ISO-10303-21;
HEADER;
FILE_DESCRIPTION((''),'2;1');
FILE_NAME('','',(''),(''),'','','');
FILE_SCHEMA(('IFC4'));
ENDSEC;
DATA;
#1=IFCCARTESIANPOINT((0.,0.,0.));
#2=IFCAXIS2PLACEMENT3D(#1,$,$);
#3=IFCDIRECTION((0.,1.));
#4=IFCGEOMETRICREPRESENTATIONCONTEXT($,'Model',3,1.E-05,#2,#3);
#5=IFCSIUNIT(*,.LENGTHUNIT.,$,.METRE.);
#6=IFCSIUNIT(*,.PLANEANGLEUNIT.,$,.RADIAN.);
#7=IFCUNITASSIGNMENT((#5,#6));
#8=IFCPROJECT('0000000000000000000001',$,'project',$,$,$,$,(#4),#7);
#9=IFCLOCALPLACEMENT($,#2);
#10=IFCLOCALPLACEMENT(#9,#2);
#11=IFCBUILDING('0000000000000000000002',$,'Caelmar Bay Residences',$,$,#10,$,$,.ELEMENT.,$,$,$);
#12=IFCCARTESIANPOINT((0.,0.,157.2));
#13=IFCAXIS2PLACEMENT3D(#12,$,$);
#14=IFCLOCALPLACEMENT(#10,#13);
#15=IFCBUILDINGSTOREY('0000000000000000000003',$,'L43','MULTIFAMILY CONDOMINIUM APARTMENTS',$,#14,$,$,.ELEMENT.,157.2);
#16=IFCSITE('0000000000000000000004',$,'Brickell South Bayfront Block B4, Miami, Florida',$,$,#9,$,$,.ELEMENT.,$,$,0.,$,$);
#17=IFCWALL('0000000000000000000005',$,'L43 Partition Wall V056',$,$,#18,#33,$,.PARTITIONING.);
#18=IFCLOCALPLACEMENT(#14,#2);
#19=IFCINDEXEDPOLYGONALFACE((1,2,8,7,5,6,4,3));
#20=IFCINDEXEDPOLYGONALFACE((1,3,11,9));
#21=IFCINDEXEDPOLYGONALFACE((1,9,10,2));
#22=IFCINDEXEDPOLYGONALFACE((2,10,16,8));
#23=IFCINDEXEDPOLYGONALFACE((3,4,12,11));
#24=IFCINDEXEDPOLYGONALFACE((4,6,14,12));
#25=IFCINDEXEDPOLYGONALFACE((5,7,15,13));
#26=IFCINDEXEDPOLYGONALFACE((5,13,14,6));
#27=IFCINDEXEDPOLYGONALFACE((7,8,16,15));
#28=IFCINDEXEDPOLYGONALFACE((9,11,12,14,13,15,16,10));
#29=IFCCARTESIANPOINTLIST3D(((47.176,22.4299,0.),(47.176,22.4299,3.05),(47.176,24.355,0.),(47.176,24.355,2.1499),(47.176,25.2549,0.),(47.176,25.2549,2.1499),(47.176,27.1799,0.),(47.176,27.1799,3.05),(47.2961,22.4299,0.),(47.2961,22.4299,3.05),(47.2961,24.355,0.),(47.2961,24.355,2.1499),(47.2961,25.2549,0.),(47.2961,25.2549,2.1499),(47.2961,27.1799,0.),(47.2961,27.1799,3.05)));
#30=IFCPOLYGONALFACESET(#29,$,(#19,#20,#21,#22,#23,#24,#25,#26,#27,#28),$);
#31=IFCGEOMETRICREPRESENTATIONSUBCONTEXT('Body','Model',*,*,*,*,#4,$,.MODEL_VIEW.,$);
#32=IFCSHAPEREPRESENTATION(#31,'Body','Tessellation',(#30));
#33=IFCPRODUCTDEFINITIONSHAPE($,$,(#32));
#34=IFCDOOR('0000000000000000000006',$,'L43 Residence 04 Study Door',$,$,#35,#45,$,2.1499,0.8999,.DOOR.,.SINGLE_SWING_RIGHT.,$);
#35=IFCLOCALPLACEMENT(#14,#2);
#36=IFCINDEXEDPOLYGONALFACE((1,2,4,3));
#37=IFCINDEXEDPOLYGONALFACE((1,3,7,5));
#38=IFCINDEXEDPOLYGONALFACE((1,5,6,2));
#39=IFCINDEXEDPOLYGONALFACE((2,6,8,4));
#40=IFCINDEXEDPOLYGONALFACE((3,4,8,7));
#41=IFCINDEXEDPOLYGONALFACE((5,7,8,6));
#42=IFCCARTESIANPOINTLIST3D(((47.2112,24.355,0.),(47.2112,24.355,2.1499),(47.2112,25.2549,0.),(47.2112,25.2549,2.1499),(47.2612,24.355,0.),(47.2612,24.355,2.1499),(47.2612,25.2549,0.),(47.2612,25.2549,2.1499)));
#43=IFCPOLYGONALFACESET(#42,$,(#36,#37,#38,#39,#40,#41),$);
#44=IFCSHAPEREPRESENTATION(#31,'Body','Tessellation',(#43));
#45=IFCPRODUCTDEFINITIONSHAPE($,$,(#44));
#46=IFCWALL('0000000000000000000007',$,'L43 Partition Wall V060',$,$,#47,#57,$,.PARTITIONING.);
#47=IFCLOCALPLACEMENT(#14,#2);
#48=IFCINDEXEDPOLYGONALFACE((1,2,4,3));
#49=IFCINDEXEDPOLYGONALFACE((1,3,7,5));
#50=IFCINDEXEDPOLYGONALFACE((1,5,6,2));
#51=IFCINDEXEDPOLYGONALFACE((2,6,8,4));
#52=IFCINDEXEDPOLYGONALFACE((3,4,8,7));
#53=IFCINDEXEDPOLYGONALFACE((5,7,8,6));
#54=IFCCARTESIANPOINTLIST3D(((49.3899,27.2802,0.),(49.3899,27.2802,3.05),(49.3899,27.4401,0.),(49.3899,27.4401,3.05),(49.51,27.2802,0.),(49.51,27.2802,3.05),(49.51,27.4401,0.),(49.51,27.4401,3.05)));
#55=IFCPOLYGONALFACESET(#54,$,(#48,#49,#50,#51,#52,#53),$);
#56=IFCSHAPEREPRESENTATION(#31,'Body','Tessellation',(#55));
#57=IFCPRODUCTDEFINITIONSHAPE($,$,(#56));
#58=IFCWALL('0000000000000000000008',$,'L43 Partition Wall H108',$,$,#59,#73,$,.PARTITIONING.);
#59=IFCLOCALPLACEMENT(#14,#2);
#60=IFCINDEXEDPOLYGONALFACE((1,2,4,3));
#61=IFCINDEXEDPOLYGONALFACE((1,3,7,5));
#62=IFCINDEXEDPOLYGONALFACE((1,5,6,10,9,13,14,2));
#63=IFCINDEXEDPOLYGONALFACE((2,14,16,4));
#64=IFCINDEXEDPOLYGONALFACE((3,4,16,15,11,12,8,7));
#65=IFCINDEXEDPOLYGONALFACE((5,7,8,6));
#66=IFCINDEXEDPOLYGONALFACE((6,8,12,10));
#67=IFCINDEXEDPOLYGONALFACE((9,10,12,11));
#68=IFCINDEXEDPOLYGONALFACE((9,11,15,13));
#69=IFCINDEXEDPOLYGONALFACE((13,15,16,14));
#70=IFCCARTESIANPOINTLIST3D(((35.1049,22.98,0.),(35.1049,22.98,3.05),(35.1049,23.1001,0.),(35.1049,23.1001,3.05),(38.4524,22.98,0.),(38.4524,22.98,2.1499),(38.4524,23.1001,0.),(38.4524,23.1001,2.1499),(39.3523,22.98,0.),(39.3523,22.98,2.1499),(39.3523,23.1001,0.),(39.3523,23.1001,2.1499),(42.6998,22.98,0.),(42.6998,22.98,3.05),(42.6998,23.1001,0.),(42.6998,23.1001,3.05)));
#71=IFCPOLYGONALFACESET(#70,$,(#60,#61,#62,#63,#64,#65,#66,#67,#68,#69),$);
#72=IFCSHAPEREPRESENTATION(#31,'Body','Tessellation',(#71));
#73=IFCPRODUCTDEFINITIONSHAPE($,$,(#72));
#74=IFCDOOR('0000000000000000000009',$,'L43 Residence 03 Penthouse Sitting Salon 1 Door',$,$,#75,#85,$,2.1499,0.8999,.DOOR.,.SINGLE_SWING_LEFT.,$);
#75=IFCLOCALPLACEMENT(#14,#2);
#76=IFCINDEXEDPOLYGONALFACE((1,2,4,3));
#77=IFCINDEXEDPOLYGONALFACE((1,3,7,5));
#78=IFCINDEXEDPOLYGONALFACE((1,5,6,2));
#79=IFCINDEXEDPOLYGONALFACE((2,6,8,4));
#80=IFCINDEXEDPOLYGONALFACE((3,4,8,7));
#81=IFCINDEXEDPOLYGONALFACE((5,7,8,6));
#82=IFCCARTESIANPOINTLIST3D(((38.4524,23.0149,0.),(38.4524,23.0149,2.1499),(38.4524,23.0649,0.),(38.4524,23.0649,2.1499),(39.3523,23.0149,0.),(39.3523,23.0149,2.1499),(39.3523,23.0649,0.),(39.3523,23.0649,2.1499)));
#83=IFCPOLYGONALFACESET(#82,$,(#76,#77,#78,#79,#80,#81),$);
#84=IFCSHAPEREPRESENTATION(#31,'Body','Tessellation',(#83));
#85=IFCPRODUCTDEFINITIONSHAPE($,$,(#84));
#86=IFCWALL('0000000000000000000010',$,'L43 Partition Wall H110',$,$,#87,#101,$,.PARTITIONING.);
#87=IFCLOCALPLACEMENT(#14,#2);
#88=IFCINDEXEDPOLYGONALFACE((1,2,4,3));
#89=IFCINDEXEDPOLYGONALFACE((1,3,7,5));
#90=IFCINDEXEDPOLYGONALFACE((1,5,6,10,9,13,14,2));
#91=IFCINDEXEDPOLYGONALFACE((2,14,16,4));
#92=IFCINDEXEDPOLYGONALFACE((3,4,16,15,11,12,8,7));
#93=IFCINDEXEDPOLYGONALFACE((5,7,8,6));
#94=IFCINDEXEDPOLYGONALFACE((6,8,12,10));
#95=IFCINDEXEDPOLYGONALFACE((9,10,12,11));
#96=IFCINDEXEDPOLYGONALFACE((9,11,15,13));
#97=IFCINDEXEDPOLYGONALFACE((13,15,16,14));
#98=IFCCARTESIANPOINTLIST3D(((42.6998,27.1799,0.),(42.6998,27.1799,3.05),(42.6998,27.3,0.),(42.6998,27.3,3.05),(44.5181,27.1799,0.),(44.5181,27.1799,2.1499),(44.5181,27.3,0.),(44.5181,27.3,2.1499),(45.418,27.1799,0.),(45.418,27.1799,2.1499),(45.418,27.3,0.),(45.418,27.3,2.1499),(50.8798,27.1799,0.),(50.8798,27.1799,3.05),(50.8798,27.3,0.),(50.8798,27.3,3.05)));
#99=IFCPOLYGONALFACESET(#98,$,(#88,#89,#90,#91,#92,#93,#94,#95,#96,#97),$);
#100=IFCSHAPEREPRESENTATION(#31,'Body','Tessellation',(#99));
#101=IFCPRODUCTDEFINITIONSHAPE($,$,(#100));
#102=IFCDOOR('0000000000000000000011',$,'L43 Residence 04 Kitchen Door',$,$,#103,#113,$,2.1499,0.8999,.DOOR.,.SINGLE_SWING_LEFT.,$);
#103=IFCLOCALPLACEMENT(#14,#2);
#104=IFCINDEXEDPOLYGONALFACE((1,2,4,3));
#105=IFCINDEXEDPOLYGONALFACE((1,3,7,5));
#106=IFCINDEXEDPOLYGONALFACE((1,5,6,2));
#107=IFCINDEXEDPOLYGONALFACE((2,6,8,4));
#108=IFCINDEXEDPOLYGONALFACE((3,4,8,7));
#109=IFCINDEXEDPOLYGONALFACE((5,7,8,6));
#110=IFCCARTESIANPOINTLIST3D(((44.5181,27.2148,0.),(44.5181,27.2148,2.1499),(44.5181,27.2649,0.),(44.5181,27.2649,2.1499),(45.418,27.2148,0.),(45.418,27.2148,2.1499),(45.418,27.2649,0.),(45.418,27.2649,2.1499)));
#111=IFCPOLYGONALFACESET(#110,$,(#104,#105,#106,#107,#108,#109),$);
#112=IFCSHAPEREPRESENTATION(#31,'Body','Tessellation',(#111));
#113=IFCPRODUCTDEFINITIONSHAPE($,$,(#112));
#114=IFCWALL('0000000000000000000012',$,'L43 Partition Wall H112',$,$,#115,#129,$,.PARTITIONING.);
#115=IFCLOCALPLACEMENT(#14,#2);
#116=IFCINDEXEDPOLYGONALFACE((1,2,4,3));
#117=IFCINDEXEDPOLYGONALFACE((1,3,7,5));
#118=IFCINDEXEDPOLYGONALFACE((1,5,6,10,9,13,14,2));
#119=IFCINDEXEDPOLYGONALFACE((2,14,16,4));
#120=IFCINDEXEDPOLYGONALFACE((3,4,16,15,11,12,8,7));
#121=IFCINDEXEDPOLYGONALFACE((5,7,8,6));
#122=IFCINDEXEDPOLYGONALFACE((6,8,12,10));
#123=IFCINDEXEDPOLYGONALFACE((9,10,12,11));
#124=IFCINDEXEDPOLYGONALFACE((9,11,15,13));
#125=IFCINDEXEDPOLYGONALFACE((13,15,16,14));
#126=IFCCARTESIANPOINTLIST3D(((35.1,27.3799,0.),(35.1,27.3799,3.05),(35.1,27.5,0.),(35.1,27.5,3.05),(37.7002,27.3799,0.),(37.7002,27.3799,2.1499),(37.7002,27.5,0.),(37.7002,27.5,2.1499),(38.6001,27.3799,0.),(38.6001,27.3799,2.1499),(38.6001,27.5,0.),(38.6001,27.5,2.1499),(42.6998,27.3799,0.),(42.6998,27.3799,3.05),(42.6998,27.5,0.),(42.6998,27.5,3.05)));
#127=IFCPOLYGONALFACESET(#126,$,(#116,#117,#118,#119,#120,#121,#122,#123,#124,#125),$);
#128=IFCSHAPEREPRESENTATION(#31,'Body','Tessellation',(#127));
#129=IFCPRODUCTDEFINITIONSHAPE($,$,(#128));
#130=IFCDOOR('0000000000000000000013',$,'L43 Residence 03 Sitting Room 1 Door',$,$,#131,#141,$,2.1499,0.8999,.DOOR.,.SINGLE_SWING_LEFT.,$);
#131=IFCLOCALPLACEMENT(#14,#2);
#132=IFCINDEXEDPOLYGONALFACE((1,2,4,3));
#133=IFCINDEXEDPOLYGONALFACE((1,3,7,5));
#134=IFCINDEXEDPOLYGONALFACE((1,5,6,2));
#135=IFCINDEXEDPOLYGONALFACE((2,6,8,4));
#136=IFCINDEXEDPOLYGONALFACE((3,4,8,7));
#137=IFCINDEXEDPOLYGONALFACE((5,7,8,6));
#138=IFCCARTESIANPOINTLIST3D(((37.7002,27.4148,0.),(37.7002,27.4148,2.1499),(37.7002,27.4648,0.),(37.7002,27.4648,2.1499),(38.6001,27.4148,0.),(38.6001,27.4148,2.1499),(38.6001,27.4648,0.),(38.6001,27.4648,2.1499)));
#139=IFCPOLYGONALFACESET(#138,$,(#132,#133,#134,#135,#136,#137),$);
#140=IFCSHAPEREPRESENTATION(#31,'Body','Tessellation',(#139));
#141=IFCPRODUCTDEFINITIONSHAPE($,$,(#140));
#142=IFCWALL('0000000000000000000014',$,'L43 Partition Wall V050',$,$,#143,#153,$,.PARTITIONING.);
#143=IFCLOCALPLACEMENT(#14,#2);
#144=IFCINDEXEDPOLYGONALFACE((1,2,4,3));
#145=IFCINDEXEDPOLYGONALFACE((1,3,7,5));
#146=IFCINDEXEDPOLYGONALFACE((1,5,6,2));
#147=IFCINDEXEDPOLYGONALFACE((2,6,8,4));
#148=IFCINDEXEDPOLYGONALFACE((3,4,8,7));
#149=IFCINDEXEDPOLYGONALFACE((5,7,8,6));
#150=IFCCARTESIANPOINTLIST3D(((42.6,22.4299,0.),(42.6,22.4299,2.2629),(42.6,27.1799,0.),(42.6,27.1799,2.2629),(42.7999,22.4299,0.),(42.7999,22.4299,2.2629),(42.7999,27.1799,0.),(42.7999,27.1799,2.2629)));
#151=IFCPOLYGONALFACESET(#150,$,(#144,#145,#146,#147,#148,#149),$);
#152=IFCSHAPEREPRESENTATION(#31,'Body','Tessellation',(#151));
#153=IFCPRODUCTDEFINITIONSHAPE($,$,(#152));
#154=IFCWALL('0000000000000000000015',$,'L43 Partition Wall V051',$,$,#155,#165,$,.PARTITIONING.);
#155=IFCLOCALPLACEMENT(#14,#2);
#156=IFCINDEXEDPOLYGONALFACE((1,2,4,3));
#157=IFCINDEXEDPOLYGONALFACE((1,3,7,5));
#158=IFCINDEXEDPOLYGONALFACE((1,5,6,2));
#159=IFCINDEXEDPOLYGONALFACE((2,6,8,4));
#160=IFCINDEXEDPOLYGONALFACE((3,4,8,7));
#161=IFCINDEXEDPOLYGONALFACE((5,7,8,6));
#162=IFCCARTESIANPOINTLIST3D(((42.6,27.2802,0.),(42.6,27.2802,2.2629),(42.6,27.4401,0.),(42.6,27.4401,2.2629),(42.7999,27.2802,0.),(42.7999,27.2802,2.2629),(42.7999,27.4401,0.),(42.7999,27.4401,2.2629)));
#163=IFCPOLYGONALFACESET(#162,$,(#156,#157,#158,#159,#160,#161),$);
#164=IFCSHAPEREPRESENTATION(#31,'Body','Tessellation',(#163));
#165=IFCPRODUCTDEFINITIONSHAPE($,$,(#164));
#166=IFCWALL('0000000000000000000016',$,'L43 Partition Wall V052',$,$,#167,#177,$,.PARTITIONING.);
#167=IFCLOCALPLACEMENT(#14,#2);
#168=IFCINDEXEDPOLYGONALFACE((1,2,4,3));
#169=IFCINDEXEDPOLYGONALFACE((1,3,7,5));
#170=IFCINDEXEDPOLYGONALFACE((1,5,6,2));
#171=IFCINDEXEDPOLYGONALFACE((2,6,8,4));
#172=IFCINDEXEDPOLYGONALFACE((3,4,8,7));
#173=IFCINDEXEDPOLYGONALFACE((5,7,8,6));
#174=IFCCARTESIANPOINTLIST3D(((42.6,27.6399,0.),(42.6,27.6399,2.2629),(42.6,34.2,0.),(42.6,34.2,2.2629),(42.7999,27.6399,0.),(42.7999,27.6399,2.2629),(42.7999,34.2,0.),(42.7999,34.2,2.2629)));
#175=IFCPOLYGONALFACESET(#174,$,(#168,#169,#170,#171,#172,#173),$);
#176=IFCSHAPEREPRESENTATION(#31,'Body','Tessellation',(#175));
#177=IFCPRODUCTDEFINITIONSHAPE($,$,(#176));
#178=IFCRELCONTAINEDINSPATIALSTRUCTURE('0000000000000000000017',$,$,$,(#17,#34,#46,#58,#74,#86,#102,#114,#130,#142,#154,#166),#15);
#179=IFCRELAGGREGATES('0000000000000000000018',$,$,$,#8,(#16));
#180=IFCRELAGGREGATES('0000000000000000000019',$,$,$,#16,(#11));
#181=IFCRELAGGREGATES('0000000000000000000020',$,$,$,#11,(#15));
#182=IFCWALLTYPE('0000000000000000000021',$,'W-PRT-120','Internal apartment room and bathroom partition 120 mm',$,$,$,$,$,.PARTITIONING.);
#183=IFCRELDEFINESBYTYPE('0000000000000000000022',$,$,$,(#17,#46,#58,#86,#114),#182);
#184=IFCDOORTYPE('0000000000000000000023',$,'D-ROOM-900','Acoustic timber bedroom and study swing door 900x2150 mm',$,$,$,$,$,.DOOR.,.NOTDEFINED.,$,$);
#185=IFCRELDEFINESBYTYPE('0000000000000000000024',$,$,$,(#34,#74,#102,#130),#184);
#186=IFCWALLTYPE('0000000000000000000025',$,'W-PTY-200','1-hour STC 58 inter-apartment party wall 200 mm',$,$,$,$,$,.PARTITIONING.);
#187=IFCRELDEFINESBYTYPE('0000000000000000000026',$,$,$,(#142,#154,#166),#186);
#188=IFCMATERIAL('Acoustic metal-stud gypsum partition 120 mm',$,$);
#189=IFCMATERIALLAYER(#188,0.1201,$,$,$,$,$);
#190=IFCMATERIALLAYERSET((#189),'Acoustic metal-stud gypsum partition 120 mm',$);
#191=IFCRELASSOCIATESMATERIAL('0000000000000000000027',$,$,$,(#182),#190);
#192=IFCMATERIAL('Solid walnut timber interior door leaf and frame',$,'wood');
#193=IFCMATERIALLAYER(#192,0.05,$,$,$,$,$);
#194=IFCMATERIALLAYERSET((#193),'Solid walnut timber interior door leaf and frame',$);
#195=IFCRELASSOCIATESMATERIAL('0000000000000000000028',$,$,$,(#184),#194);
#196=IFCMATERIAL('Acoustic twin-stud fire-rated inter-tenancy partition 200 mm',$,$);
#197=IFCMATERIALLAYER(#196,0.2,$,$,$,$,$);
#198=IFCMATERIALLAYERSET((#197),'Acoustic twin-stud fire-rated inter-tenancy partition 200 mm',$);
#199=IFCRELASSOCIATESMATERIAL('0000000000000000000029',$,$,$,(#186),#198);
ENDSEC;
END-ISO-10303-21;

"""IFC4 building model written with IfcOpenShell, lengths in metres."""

from ifc_helpers import new_model, si_unit, direction, frame, frame_2d, origin, place, context, subcontext, project, spatial, rectangle, extrude, material, layer, layer_set, type_object, element, fill, save


model = new_model("IFC4")

# Units and contexts
model_context = context("Model", 3, precision=1e-05, world=origin(), true_north=direction((0.0, 1.0)))
body_context = subcontext(model_context, "Body", "Model", "MODEL_VIEW")
ifc_project = project(units=[si_unit("LENGTHUNIT", "METRE"), si_unit("PLANEANGLEUNIT", "RADIAN")], contexts=[model_context])

# Site, building, storey
site_placement = place(None, origin())
site = spatial("IfcSite", under=ifc_project, at=site_placement, Name="Brickell South Bayfront Block B4, Miami, Florida", CompositionType="ELEMENT", RefElevation=0.0)
building_placement = place(site_placement, origin())
building = spatial("IfcBuilding", under=site, at=building_placement, Name="Caelmar Bay Residences", CompositionType="ELEMENT")
storey_placement = place(building_placement, frame((0.0, 0.0, 157.2)))
storey = spatial("IfcBuildingStorey", under=building, at=storey_placement, Name="L43", Description="MULTIFAMILY CONDOMINIUM APARTMENTS", CompositionType="ELEMENT", Elevation=157.2)

# Shared definitions
ifc_material_1 = material(Name="Acoustic metal-stud gypsum partition 120 mm")
ifc_layer_1 = layer(ifc_material_1, 0.1201)
ifc_layer_set_1 = layer_set([ifc_layer_1], Name="Acoustic metal-stud gypsum partition 120 mm")
wall_type_1 = type_object("IfcWallType", Name="W-PRT-120", Description="Internal apartment room and bathroom partition 120 mm", PredefinedType="PARTITIONING", material=ifc_layer_set_1)

# Wall, opening, door
ifc_material_2 = material(Name="Solid walnut timber interior door leaf and frame", Category="wood")
wall_1_placement = place(storey_placement, frame((47.2361, 22.4299, 0.0), z_axis=(0.0, 0.0, 1.0), x_axis=(0.0, 1.0, 0.0)))
wall_1 = element("IfcWall", 1, at=wall_1_placement, inside=storey, type_object=wall_type_1, Name="L43 Partition Wall V056", PredefinedType="PARTITIONING", context=body_context, shape_type="SweptSolid", body=[
    extrude(rectangle(XDim=4.75, YDim=0.1201, at=frame_2d((2.375, 0.0))), origin(), (0.0, 0.0, 1.0), 3.05),
])
opening_1_placement = place(wall_1_placement, frame((1.925, 0.0, 0.0)))
opening_1 = element("IfcOpeningElement", 2, at=opening_1_placement, cuts=wall_1, PredefinedType="OPENING", context=body_context, shape_type="SweptSolid", body=[
    extrude(rectangle(XDim=0.8999, YDim=2.1499, at=frame_2d((0.45, 1.075))), frame((0.0, 0.0701, 0.0), z_axis=(0.0, -1.0, 0.0), x_axis=(1.0, 0.0, 0.0)), (0.0, 0.0, 1.0), 0.1401),
])
ifc_layer_2 = layer(ifc_material_2, 0.05)
ifc_layer_set_2 = layer_set([ifc_layer_2], Name="Solid walnut timber interior door leaf and frame")
door_type_1 = type_object("IfcDoorType", Name="D-ROOM-900", Description="Acoustic timber bedroom and study swing door 900x2150 mm", OperationType="NOTDEFINED", PredefinedType="DOOR", material=ifc_layer_set_2)
door_1_placement = place(opening_1_placement, origin())
door_1 = element("IfcDoor", 3, at=door_1_placement, inside=storey, type_object=door_type_1, Name="L43 Residence 04 Study Door", OperationType="SINGLE_SWING_RIGHT", OverallHeight=2.1499, OverallWidth=0.8999, PredefinedType="DOOR", context=body_context, shape_type="SweptSolid", body=[
    extrude(rectangle(XDim=0.8999, YDim=2.1499, at=frame_2d((0.45, 1.075))), frame((0.0, 0.0249, 0.0), z_axis=(0.0, -1.0, 0.0), x_axis=(1.0, 0.0, 0.0)), (0.0, 0.0, 1.0), 0.05),
])
fill(opening_1, door_1)

# Wall
wall_2_placement = place(storey_placement, frame((49.45, 27.28, 0.0), z_axis=(0.0, 0.0, 1.0), x_axis=(0.0, 1.0, 0.0)))
element("IfcWall", 4, at=wall_2_placement, inside=storey, type_object=wall_type_1, Name="L43 Partition Wall V060", PredefinedType="PARTITIONING", context=body_context, shape_type="SweptSolid", body=[
    extrude(rectangle(XDim=0.1599, YDim=0.1201, at=frame_2d((0.0801, 0.0))), origin(), (0.0, 0.0, 1.0), 3.05),
])

# Walls, openings, doors
wall_3_placement = place(storey_placement, frame((35.105, 23.04, 0.0), z_axis=(0.0, 0.0, 1.0), x_axis=(1.0, 0.0, 0.0)))
wall_3 = element("IfcWall", 5, at=wall_3_placement, inside=storey, type_object=wall_type_1, Name="L43 Partition Wall H108", PredefinedType="PARTITIONING", context=body_context, shape_type="SweptSolid", body=[
    extrude(rectangle(XDim=7.595, YDim=0.1201, at=frame_2d((3.7974, 0.0))), origin(), (0.0, 0.0, 1.0), 3.05),
])
opening_2_placement = place(wall_3_placement, frame((3.3474, 0.0, 0.0)))
opening_2 = element("IfcOpeningElement", 6, at=opening_2_placement, cuts=wall_3, PredefinedType="OPENING", context=body_context, shape_type="SweptSolid", body=[
    extrude(rectangle(XDim=0.8999, YDim=2.1499, at=frame_2d((0.45, 1.075))), frame((0.0, 0.0701, 0.0), z_axis=(0.0, -1.0, 0.0), x_axis=(1.0, 0.0, 0.0)), (0.0, 0.0, 1.0), 0.1401),
])
door_2_placement = place(opening_2_placement, origin())
door_2 = element("IfcDoor", 7, at=door_2_placement, inside=storey, type_object=door_type_1, Name="L43 Residence 03 Penthouse Sitting Salon 1 Door", OperationType="SINGLE_SWING_LEFT", OverallHeight=2.1499, OverallWidth=0.8999, PredefinedType="DOOR", context=body_context, shape_type="SweptSolid", body=[
    extrude(rectangle(XDim=0.8999, YDim=2.1499, at=frame_2d((0.45, 1.075))), frame((0.0, 0.0249, 0.0), z_axis=(0.0, -1.0, 0.0), x_axis=(1.0, 0.0, 0.0)), (0.0, 0.0, 1.0), 0.05),
])
fill(opening_2, door_2)
wall_4_placement = place(storey_placement, frame((42.7, 27.24, 0.0), z_axis=(0.0, 0.0, 1.0), x_axis=(1.0, 0.0, 0.0)))
wall_4 = element("IfcWall", 8, at=wall_4_placement, inside=storey, type_object=wall_type_1, Name="L43 Partition Wall H110", PredefinedType="PARTITIONING", context=body_context, shape_type="SweptSolid", body=[
    extrude(rectangle(XDim=8.1799, YDim=0.1201, at=frame_2d((4.0898, 0.0))), origin(), (0.0, 0.0, 1.0), 3.05),
])
opening_3_placement = place(wall_4_placement, frame((1.8181, 0.0, 0.0)))
opening_3 = element("IfcOpeningElement", 9, at=opening_3_placement, cuts=wall_4, PredefinedType="OPENING", context=body_context, shape_type="SweptSolid", body=[
    extrude(rectangle(XDim=0.8999, YDim=2.1499, at=frame_2d((0.45, 1.075))), frame((0.0, 0.0701, 0.0), z_axis=(0.0, -1.0, 0.0), x_axis=(1.0, 0.0, 0.0)), (0.0, 0.0, 1.0), 0.1401),
])
door_3_placement = place(opening_3_placement, origin())
door_3 = element("IfcDoor", 10, at=door_3_placement, inside=storey, type_object=door_type_1, Name="L43 Residence 04 Kitchen Door", OperationType="SINGLE_SWING_LEFT", OverallHeight=2.1499, OverallWidth=0.8999, PredefinedType="DOOR", context=body_context, shape_type="SweptSolid", body=[
    extrude(rectangle(XDim=0.8999, YDim=2.1499, at=frame_2d((0.45, 1.075))), frame((0.0, 0.0249, 0.0), z_axis=(0.0, -1.0, 0.0), x_axis=(1.0, 0.0, 0.0)), (0.0, 0.0, 1.0), 0.05),
])
fill(opening_3, door_3)
wall_5_placement = place(storey_placement, frame((35.1001, 27.4399, 0.0), z_axis=(0.0, 0.0, 1.0), x_axis=(1.0, 0.0, 0.0)))
wall_5 = element("IfcWall", 11, at=wall_5_placement, inside=storey, type_object=wall_type_1, Name="L43 Partition Wall H112", PredefinedType="PARTITIONING", context=body_context, shape_type="SweptSolid", body=[
    extrude(rectangle(XDim=7.5999, YDim=0.1201, at=frame_2d((3.7998, 0.0))), origin(), (0.0, 0.0, 1.0), 3.05),
])
opening_4_placement = place(wall_5_placement, frame((2.6001, 0.0, 0.0)))
opening_4 = element("IfcOpeningElement", 12, at=opening_4_placement, cuts=wall_5, PredefinedType="OPENING", context=body_context, shape_type="SweptSolid", body=[
    extrude(rectangle(XDim=0.8999, YDim=2.1499, at=frame_2d((0.45, 1.075))), frame((0.0, 0.0701, 0.0), z_axis=(0.0, -1.0, 0.0), x_axis=(1.0, 0.0, 0.0)), (0.0, 0.0, 1.0), 0.1401),
])
door_4_placement = place(opening_4_placement, origin())
door_4 = element("IfcDoor", 13, at=door_4_placement, inside=storey, type_object=door_type_1, Name="L43 Residence 03 Sitting Room 1 Door", OperationType="SINGLE_SWING_LEFT", OverallHeight=2.1499, OverallWidth=0.8999, PredefinedType="DOOR", context=body_context, shape_type="SweptSolid", body=[
    extrude(rectangle(XDim=0.8999, YDim=2.1499, at=frame_2d((0.45, 1.075))), frame((0.0, 0.0249, 0.0), z_axis=(0.0, -1.0, 0.0), x_axis=(1.0, 0.0, 0.0)), (0.0, 0.0, 1.0), 0.05),
])
fill(opening_4, door_4)

# Walls
ifc_material_3 = material(Name="Acoustic twin-stud fire-rated inter-tenancy partition 200 mm")
ifc_layer_3 = layer(ifc_material_3, 0.2)
ifc_layer_set_3 = layer_set([ifc_layer_3], Name="Acoustic twin-stud fire-rated inter-tenancy partition 200 mm")
wall_type_2 = type_object("IfcWallType", Name="W-PTY-200", Description="1-hour STC 58 inter-apartment party wall 200 mm", PredefinedType="PARTITIONING", material=ifc_layer_set_3)
wall_6_placement = place(storey_placement, frame((42.7, 22.4299, 0.0), z_axis=(0.0, 0.0, 1.0), x_axis=(0.0, 1.0, 0.0)))
element("IfcWall", 14, at=wall_6_placement, inside=storey, type_object=wall_type_2, Name="L43 Partition Wall V050", PredefinedType="PARTITIONING", context=body_context, shape_type="SweptSolid", body=[
    extrude(rectangle(XDim=4.75, YDim=0.2, at=frame_2d((2.375, 0.0))), origin(), (0.0, 0.0, 1.0), 2.2629),
])
wall_7_placement = place(storey_placement, frame((42.7, 27.28, 0.0), z_axis=(0.0, 0.0, 1.0), x_axis=(0.0, 1.0, 0.0)))
element("IfcWall", 15, at=wall_7_placement, inside=storey, type_object=wall_type_2, Name="L43 Partition Wall V051", PredefinedType="PARTITIONING", context=body_context, shape_type="SweptSolid", body=[
    extrude(rectangle(XDim=0.1599, YDim=0.2, at=frame_2d((0.0801, 0.0))), origin(), (0.0, 0.0, 1.0), 2.2629),
])
wall_8_placement = place(storey_placement, frame((42.7, 27.6399, 0.0), z_axis=(0.0, 0.0, 1.0), x_axis=(0.0, 1.0, 0.0)))
element("IfcWall", 16, at=wall_8_placement, inside=storey, type_object=wall_type_2, Name="L43 Partition Wall V052", PredefinedType="PARTITIONING", context=body_context, shape_type="SweptSolid", body=[
    extrude(rectangle(XDim=6.5601, YDim=0.2, at=frame_2d((3.28, 0.0))), origin(), (0.0, 0.0, 1.0), 2.2629),
])

save(model, "model.ifc")
